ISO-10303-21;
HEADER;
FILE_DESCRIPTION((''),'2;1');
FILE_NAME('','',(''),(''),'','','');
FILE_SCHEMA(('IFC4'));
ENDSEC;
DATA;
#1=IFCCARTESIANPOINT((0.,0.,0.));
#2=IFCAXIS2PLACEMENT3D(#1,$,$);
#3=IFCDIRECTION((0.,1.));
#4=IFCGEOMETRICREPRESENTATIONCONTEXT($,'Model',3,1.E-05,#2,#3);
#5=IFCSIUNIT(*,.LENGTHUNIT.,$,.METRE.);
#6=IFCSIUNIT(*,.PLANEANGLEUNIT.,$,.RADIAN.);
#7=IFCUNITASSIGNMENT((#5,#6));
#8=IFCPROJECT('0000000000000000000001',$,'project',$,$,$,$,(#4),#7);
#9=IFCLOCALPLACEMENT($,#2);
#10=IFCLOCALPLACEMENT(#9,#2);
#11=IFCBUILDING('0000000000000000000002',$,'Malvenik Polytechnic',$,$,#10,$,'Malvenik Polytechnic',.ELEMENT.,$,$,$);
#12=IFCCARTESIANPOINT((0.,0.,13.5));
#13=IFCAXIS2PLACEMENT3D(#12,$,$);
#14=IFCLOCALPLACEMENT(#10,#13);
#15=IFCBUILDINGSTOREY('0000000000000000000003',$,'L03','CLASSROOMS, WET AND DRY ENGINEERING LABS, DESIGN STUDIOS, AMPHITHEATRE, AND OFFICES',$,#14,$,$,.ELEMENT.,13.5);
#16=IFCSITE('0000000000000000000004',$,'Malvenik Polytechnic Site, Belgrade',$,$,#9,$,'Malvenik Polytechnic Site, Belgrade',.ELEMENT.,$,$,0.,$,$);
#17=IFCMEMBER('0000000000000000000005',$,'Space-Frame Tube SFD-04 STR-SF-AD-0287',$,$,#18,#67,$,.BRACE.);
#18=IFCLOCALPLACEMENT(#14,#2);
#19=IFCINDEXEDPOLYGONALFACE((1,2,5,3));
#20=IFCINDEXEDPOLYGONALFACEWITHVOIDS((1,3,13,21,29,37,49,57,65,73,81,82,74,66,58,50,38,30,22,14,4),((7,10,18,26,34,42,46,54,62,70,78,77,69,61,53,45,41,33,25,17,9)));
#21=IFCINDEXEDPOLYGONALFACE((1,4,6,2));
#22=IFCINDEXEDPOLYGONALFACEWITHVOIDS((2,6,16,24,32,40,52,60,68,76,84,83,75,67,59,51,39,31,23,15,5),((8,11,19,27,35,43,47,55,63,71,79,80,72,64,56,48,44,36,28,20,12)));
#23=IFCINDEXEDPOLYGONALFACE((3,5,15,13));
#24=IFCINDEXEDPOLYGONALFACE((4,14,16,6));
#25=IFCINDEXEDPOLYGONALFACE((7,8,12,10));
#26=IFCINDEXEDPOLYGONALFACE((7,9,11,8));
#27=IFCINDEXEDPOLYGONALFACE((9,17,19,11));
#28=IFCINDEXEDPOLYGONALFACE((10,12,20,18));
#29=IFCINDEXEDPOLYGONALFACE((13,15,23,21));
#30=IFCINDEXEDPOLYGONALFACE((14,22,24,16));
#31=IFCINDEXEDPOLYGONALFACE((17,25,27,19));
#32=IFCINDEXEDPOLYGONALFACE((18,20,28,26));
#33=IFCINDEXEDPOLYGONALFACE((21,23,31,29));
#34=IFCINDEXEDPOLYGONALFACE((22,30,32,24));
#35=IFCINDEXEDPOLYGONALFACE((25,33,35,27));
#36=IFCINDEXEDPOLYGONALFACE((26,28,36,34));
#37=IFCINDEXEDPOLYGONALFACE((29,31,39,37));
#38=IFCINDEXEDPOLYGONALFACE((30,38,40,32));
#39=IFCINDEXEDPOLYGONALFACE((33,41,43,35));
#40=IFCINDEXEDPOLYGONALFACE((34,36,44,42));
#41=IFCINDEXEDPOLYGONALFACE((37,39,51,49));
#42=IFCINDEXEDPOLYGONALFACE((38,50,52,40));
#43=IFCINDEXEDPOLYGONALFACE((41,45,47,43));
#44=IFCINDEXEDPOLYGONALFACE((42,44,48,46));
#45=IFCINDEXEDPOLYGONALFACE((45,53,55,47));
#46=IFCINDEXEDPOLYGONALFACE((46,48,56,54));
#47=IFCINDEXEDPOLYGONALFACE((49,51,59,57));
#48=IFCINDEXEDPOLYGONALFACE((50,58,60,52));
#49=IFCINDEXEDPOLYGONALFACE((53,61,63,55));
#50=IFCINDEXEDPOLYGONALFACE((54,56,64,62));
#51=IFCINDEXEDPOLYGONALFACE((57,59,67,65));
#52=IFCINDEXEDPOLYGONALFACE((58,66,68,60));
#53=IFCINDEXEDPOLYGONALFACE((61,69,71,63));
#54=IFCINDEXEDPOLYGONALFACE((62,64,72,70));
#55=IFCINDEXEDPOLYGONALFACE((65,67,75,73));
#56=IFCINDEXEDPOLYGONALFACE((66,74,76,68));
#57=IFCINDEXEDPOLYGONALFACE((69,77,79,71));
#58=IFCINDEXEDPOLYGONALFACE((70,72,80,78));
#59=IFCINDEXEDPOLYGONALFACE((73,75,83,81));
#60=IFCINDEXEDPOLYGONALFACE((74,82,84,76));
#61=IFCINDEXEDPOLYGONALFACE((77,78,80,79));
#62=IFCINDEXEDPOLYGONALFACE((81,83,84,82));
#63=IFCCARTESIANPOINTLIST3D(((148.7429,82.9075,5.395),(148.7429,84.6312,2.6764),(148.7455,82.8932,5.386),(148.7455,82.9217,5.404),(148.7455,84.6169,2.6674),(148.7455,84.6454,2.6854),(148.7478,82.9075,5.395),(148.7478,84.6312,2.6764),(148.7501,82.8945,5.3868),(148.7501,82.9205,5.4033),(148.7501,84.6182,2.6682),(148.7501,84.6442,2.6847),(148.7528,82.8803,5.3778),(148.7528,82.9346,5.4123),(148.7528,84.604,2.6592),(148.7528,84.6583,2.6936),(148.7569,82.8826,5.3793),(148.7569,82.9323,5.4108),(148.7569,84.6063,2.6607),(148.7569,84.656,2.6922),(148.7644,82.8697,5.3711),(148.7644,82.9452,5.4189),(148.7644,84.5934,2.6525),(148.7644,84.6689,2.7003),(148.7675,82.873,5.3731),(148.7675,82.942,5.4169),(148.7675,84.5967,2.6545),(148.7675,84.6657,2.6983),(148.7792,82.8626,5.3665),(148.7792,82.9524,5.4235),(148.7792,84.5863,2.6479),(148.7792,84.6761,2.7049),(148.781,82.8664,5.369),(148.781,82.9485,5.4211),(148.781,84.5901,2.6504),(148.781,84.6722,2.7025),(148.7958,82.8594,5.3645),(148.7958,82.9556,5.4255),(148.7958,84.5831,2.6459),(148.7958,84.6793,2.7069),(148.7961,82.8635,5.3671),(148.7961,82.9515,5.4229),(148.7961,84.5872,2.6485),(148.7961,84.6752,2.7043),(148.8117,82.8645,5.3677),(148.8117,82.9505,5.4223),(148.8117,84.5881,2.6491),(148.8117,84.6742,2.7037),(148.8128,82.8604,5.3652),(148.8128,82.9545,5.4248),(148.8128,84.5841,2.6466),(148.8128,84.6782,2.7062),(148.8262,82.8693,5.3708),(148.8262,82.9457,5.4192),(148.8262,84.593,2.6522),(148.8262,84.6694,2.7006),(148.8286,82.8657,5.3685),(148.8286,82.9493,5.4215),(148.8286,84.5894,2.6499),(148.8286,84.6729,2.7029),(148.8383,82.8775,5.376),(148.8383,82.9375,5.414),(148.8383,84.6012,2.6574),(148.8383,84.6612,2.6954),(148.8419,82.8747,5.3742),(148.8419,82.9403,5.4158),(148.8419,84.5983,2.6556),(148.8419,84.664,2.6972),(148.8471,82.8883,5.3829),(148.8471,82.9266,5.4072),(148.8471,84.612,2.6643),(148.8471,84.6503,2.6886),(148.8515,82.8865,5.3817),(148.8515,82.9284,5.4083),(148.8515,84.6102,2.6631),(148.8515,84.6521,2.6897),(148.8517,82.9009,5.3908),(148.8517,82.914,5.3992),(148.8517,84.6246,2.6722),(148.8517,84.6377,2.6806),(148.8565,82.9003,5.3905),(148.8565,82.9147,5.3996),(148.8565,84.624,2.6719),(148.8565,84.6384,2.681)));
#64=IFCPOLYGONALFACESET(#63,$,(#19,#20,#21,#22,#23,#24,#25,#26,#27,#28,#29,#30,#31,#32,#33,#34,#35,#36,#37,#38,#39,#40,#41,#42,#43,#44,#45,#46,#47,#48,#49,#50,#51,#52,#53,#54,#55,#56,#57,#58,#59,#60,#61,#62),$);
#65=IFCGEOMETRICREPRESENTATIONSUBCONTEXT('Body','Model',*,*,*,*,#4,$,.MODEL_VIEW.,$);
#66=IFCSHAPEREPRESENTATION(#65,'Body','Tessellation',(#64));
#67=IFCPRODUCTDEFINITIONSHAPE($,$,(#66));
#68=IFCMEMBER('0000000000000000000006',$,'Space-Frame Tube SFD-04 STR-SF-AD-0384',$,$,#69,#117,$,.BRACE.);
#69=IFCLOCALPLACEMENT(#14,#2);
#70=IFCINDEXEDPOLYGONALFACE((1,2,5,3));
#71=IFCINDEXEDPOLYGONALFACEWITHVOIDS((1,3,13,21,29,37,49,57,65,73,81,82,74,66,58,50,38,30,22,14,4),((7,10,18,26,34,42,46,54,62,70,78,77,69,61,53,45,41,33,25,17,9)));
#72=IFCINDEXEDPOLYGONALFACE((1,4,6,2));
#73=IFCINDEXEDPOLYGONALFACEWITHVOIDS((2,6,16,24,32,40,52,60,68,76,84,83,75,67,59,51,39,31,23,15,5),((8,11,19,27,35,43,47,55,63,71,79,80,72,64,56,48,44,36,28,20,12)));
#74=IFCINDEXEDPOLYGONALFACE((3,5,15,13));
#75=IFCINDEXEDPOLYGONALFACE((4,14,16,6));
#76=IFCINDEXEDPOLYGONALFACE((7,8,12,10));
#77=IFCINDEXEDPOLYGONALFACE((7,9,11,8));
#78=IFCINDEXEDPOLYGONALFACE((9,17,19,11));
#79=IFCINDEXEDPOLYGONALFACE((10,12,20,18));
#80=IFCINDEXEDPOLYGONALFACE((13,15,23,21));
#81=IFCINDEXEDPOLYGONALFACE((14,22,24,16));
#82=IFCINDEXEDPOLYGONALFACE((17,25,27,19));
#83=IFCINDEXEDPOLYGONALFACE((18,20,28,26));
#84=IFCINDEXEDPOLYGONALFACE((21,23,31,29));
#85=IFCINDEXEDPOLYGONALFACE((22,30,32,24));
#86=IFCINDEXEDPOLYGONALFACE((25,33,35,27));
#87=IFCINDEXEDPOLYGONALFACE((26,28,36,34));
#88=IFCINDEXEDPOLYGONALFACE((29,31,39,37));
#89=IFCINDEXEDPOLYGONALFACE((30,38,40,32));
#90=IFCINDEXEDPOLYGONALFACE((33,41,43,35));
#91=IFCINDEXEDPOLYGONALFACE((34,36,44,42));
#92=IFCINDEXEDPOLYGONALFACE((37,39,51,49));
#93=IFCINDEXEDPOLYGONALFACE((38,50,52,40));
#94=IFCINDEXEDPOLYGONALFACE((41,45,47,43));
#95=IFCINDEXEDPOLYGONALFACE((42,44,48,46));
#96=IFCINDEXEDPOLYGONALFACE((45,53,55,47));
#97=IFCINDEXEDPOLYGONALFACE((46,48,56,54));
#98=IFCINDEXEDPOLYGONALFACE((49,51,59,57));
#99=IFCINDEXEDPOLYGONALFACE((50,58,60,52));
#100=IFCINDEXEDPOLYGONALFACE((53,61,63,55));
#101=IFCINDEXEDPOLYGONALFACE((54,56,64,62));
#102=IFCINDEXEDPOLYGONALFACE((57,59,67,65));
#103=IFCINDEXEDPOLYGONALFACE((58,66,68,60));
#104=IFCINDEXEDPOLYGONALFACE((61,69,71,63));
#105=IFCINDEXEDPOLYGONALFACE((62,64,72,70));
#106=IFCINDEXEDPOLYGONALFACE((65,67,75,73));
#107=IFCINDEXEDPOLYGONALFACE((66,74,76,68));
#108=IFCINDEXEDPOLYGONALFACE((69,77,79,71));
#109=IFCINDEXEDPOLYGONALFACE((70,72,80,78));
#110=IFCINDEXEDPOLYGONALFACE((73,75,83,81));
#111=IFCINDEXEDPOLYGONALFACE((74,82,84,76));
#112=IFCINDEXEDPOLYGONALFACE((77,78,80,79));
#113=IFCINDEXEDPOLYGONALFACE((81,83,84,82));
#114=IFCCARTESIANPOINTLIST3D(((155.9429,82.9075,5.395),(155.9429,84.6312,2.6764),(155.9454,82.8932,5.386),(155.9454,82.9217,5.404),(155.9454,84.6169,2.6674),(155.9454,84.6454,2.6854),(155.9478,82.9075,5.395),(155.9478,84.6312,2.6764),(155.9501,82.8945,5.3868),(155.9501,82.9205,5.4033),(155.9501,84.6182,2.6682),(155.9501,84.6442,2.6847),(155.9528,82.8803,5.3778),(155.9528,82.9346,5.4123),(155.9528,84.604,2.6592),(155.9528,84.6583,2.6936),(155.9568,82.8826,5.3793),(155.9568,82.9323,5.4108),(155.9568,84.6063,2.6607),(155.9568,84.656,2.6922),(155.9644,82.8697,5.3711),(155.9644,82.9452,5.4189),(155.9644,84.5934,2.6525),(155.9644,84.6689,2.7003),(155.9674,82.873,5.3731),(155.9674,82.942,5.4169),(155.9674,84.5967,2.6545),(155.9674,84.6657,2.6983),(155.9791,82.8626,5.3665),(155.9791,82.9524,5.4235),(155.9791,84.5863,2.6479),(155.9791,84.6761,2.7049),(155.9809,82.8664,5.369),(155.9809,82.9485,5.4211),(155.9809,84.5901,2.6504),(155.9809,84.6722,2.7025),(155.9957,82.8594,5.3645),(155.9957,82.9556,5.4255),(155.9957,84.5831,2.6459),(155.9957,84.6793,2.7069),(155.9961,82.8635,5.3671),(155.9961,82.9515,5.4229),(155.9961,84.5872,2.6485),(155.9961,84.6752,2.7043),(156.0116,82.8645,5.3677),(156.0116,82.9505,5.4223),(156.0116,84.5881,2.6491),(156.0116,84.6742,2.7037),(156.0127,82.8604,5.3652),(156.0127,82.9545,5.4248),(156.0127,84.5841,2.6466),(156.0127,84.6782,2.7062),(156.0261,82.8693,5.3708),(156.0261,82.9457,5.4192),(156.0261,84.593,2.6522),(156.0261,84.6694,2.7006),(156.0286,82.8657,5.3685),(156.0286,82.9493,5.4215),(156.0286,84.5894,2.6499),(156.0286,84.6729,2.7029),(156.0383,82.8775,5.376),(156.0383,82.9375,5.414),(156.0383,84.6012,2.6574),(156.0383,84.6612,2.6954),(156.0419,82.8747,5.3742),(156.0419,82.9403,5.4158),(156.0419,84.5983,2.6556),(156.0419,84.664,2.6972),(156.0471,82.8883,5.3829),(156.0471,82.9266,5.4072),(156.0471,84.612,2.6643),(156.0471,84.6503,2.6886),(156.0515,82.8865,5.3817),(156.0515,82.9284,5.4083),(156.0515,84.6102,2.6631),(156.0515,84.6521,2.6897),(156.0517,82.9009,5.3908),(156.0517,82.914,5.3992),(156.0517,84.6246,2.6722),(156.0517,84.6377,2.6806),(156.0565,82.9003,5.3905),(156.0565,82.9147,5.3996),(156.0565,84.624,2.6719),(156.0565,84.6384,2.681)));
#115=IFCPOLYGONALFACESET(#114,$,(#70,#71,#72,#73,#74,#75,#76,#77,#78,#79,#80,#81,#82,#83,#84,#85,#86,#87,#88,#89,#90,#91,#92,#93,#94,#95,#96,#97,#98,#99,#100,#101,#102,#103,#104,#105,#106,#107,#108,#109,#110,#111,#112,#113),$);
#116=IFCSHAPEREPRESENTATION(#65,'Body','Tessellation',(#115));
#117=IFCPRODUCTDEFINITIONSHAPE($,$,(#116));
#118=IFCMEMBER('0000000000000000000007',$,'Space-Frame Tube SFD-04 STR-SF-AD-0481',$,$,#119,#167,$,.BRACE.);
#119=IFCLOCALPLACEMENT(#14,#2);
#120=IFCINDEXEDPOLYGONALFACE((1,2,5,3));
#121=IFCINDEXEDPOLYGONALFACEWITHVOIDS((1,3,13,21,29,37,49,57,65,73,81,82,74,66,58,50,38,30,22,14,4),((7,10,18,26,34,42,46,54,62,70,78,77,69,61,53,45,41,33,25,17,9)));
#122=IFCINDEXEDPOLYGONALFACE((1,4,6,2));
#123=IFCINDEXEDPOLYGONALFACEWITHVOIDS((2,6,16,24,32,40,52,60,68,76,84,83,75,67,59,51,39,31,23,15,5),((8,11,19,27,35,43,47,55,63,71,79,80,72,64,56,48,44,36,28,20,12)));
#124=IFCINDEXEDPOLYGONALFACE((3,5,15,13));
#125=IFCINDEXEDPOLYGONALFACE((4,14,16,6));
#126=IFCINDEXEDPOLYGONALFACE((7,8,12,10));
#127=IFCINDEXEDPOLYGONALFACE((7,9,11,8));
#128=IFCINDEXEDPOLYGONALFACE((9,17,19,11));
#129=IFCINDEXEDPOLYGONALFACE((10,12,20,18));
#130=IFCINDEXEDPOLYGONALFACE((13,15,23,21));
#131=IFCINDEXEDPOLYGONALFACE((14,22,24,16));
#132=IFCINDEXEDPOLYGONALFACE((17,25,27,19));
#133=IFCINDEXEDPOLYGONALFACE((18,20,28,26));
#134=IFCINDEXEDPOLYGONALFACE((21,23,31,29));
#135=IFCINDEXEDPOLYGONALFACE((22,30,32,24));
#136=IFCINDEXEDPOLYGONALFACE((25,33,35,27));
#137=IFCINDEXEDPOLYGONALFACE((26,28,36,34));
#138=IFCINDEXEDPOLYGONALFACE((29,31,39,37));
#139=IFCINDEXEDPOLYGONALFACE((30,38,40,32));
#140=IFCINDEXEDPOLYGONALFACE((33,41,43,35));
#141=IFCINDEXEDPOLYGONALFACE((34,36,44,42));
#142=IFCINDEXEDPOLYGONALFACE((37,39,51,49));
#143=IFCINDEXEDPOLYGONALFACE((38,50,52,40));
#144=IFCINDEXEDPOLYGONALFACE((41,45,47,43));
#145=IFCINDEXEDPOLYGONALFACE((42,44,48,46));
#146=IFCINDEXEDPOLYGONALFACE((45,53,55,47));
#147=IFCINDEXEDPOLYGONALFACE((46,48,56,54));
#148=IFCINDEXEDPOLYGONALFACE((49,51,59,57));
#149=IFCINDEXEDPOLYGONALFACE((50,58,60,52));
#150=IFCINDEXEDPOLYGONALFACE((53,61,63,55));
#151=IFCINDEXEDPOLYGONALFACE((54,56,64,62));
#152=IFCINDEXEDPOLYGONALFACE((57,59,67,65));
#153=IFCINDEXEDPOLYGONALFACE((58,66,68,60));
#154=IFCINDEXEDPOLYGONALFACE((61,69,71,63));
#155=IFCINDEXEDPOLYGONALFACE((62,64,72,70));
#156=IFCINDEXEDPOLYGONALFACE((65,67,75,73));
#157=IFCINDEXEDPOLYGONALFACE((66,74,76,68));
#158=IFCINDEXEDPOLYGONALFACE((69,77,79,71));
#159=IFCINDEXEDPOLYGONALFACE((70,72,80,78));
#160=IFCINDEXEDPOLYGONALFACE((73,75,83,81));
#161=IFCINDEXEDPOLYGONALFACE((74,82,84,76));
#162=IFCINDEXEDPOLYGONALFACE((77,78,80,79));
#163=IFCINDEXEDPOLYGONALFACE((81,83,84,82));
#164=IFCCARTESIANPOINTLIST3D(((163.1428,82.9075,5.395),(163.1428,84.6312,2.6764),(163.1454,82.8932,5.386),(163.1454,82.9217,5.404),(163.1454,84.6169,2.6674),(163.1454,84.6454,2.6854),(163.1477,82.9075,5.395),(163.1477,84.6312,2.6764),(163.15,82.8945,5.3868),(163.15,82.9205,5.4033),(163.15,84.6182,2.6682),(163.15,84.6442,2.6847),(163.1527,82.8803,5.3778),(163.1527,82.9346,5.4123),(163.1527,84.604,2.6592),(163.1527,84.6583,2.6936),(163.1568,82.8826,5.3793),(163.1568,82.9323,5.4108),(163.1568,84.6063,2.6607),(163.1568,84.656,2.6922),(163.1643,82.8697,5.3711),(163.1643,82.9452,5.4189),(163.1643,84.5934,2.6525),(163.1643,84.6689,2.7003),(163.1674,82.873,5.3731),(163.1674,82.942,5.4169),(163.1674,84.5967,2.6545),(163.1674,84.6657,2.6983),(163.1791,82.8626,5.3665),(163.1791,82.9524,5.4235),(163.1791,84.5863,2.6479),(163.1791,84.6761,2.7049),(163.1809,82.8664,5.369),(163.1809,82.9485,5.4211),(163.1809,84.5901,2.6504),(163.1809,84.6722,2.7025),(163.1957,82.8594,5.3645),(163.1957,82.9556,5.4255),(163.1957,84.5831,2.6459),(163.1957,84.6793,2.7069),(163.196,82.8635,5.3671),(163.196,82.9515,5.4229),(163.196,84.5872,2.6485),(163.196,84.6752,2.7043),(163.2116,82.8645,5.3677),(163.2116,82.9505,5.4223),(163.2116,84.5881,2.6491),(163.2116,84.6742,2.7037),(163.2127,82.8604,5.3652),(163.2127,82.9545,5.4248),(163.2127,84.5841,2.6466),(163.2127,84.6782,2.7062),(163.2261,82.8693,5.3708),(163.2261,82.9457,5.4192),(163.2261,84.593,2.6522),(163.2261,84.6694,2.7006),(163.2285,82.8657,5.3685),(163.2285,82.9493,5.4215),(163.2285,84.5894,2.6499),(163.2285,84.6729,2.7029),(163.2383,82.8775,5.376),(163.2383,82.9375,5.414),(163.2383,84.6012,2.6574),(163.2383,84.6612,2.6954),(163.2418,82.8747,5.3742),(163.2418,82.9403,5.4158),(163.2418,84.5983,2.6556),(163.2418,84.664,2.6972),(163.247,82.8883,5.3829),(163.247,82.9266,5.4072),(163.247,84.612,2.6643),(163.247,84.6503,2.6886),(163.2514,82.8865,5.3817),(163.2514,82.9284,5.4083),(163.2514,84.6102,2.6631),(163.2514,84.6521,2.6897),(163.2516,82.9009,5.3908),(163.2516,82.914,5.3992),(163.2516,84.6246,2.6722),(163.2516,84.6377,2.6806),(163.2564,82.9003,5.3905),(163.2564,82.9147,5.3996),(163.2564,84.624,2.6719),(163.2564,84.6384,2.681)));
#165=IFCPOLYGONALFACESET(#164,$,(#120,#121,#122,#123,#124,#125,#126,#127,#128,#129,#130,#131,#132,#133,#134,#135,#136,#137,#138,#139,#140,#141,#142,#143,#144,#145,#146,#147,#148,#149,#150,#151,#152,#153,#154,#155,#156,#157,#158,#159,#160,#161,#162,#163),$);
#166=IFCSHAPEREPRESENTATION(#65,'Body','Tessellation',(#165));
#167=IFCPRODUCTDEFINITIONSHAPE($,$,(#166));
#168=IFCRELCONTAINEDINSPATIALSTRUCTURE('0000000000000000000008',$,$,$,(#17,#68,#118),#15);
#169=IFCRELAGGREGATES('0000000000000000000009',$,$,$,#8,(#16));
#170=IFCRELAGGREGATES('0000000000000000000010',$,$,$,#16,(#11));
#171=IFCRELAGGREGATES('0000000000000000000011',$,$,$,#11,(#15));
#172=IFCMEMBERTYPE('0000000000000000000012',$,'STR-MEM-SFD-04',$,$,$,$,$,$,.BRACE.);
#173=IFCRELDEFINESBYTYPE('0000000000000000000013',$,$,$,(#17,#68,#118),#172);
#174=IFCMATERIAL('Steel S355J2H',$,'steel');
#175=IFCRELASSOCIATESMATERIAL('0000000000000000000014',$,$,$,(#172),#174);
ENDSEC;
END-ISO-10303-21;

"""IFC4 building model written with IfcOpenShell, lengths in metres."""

from ifc_helpers import new_model, si_unit, direction, frame, origin, origin_2d, place, context, subcontext, project, spatial, hollow_circle, extrude, material, material_profile, profile_set, type_object, element, save


model = new_model("IFC4")

# Units and contexts
model_context = context("Model", 3, precision=1e-05, world=origin(), true_north=direction((0.0, 1.0)))
body_context = subcontext(model_context, "Body", "Model", "MODEL_VIEW")
ifc_project = project(units=[si_unit("LENGTHUNIT", "METRE"), si_unit("PLANEANGLEUNIT", "RADIAN")], contexts=[model_context])

# Site, building, storey
site_placement = place(None, origin())
site = spatial("IfcSite", under=ifc_project, at=site_placement, Name="Malvenik Polytechnic Site, Belgrade", LongName="Malvenik Polytechnic Site, Belgrade", CompositionType="ELEMENT", RefElevation=0.0)
building_placement = place(site_placement, origin())
building = spatial("IfcBuilding", under=site, at=building_placement, Name="Malvenik Polytechnic", LongName="Malvenik Polytechnic", CompositionType="ELEMENT")
storey_placement = place(building_placement, frame((0.0, 0.0, 13.5)))
storey = spatial("IfcBuildingStorey", under=building, at=storey_placement, Name="L03", Description="CLASSROOMS, WET AND DRY ENGINEERING LABS, DESIGN STUDIOS, AMPHITHEATRE, AND OFFICES", CompositionType="ELEMENT", Elevation=13.5)

# Members
ifc_material = material(Name="Steel S355J2H", Category="steel")
ifc_material_profile_1 = material_profile(ifc_material, hollow_circle(Radius=0.0571, WallThickness=0.0049, at=origin_2d()), Name="CHS 114.3x5.0")
ifc_profile_set_1 = profile_set([ifc_material_profile_1], Name="Steel S355J2H")
member_type_1 = type_object("IfcMemberType", Name="STR-MEM-SFD-04", PredefinedType="BRACE", material=ifc_profile_set_1)
for number, where, z_axis, x_axis, name in (
    (1, (148.8, 82.9075, 5.395), (0.0, 0.535476, -0.84455), (-1.0, 0.0, 0.0), "Space-Frame Tube SFD-04 STR-SF-AD-0287"),
    (2, (156.0, 82.9075, 5.395), (0.0, 0.535476, -0.84455), (-1.0, 0.0, 0.0), "Space-Frame Tube SFD-04 STR-SF-AD-0384"),
    (3, (163.2, 82.9075, 5.395), (0.0, 0.535476, -0.84455), (-1.0, 0.0, 0.0), "Space-Frame Tube SFD-04 STR-SF-AD-0481"),
):
    element("IfcMember", number, at=place(storey_placement, frame(where, z_axis=z_axis, x_axis=x_axis)), inside=storey, type_object=member_type_1, Name=name, PredefinedType="BRACE", context=body_context, shape_type="SweptSolid", body=[
        extrude(hollow_circle(Radius=0.0571, WallThickness=0.0049, at=origin_2d()), origin(), (0.0, 0.0, 1.0), 3.219),
    ])

save(model, "model.ifc")
